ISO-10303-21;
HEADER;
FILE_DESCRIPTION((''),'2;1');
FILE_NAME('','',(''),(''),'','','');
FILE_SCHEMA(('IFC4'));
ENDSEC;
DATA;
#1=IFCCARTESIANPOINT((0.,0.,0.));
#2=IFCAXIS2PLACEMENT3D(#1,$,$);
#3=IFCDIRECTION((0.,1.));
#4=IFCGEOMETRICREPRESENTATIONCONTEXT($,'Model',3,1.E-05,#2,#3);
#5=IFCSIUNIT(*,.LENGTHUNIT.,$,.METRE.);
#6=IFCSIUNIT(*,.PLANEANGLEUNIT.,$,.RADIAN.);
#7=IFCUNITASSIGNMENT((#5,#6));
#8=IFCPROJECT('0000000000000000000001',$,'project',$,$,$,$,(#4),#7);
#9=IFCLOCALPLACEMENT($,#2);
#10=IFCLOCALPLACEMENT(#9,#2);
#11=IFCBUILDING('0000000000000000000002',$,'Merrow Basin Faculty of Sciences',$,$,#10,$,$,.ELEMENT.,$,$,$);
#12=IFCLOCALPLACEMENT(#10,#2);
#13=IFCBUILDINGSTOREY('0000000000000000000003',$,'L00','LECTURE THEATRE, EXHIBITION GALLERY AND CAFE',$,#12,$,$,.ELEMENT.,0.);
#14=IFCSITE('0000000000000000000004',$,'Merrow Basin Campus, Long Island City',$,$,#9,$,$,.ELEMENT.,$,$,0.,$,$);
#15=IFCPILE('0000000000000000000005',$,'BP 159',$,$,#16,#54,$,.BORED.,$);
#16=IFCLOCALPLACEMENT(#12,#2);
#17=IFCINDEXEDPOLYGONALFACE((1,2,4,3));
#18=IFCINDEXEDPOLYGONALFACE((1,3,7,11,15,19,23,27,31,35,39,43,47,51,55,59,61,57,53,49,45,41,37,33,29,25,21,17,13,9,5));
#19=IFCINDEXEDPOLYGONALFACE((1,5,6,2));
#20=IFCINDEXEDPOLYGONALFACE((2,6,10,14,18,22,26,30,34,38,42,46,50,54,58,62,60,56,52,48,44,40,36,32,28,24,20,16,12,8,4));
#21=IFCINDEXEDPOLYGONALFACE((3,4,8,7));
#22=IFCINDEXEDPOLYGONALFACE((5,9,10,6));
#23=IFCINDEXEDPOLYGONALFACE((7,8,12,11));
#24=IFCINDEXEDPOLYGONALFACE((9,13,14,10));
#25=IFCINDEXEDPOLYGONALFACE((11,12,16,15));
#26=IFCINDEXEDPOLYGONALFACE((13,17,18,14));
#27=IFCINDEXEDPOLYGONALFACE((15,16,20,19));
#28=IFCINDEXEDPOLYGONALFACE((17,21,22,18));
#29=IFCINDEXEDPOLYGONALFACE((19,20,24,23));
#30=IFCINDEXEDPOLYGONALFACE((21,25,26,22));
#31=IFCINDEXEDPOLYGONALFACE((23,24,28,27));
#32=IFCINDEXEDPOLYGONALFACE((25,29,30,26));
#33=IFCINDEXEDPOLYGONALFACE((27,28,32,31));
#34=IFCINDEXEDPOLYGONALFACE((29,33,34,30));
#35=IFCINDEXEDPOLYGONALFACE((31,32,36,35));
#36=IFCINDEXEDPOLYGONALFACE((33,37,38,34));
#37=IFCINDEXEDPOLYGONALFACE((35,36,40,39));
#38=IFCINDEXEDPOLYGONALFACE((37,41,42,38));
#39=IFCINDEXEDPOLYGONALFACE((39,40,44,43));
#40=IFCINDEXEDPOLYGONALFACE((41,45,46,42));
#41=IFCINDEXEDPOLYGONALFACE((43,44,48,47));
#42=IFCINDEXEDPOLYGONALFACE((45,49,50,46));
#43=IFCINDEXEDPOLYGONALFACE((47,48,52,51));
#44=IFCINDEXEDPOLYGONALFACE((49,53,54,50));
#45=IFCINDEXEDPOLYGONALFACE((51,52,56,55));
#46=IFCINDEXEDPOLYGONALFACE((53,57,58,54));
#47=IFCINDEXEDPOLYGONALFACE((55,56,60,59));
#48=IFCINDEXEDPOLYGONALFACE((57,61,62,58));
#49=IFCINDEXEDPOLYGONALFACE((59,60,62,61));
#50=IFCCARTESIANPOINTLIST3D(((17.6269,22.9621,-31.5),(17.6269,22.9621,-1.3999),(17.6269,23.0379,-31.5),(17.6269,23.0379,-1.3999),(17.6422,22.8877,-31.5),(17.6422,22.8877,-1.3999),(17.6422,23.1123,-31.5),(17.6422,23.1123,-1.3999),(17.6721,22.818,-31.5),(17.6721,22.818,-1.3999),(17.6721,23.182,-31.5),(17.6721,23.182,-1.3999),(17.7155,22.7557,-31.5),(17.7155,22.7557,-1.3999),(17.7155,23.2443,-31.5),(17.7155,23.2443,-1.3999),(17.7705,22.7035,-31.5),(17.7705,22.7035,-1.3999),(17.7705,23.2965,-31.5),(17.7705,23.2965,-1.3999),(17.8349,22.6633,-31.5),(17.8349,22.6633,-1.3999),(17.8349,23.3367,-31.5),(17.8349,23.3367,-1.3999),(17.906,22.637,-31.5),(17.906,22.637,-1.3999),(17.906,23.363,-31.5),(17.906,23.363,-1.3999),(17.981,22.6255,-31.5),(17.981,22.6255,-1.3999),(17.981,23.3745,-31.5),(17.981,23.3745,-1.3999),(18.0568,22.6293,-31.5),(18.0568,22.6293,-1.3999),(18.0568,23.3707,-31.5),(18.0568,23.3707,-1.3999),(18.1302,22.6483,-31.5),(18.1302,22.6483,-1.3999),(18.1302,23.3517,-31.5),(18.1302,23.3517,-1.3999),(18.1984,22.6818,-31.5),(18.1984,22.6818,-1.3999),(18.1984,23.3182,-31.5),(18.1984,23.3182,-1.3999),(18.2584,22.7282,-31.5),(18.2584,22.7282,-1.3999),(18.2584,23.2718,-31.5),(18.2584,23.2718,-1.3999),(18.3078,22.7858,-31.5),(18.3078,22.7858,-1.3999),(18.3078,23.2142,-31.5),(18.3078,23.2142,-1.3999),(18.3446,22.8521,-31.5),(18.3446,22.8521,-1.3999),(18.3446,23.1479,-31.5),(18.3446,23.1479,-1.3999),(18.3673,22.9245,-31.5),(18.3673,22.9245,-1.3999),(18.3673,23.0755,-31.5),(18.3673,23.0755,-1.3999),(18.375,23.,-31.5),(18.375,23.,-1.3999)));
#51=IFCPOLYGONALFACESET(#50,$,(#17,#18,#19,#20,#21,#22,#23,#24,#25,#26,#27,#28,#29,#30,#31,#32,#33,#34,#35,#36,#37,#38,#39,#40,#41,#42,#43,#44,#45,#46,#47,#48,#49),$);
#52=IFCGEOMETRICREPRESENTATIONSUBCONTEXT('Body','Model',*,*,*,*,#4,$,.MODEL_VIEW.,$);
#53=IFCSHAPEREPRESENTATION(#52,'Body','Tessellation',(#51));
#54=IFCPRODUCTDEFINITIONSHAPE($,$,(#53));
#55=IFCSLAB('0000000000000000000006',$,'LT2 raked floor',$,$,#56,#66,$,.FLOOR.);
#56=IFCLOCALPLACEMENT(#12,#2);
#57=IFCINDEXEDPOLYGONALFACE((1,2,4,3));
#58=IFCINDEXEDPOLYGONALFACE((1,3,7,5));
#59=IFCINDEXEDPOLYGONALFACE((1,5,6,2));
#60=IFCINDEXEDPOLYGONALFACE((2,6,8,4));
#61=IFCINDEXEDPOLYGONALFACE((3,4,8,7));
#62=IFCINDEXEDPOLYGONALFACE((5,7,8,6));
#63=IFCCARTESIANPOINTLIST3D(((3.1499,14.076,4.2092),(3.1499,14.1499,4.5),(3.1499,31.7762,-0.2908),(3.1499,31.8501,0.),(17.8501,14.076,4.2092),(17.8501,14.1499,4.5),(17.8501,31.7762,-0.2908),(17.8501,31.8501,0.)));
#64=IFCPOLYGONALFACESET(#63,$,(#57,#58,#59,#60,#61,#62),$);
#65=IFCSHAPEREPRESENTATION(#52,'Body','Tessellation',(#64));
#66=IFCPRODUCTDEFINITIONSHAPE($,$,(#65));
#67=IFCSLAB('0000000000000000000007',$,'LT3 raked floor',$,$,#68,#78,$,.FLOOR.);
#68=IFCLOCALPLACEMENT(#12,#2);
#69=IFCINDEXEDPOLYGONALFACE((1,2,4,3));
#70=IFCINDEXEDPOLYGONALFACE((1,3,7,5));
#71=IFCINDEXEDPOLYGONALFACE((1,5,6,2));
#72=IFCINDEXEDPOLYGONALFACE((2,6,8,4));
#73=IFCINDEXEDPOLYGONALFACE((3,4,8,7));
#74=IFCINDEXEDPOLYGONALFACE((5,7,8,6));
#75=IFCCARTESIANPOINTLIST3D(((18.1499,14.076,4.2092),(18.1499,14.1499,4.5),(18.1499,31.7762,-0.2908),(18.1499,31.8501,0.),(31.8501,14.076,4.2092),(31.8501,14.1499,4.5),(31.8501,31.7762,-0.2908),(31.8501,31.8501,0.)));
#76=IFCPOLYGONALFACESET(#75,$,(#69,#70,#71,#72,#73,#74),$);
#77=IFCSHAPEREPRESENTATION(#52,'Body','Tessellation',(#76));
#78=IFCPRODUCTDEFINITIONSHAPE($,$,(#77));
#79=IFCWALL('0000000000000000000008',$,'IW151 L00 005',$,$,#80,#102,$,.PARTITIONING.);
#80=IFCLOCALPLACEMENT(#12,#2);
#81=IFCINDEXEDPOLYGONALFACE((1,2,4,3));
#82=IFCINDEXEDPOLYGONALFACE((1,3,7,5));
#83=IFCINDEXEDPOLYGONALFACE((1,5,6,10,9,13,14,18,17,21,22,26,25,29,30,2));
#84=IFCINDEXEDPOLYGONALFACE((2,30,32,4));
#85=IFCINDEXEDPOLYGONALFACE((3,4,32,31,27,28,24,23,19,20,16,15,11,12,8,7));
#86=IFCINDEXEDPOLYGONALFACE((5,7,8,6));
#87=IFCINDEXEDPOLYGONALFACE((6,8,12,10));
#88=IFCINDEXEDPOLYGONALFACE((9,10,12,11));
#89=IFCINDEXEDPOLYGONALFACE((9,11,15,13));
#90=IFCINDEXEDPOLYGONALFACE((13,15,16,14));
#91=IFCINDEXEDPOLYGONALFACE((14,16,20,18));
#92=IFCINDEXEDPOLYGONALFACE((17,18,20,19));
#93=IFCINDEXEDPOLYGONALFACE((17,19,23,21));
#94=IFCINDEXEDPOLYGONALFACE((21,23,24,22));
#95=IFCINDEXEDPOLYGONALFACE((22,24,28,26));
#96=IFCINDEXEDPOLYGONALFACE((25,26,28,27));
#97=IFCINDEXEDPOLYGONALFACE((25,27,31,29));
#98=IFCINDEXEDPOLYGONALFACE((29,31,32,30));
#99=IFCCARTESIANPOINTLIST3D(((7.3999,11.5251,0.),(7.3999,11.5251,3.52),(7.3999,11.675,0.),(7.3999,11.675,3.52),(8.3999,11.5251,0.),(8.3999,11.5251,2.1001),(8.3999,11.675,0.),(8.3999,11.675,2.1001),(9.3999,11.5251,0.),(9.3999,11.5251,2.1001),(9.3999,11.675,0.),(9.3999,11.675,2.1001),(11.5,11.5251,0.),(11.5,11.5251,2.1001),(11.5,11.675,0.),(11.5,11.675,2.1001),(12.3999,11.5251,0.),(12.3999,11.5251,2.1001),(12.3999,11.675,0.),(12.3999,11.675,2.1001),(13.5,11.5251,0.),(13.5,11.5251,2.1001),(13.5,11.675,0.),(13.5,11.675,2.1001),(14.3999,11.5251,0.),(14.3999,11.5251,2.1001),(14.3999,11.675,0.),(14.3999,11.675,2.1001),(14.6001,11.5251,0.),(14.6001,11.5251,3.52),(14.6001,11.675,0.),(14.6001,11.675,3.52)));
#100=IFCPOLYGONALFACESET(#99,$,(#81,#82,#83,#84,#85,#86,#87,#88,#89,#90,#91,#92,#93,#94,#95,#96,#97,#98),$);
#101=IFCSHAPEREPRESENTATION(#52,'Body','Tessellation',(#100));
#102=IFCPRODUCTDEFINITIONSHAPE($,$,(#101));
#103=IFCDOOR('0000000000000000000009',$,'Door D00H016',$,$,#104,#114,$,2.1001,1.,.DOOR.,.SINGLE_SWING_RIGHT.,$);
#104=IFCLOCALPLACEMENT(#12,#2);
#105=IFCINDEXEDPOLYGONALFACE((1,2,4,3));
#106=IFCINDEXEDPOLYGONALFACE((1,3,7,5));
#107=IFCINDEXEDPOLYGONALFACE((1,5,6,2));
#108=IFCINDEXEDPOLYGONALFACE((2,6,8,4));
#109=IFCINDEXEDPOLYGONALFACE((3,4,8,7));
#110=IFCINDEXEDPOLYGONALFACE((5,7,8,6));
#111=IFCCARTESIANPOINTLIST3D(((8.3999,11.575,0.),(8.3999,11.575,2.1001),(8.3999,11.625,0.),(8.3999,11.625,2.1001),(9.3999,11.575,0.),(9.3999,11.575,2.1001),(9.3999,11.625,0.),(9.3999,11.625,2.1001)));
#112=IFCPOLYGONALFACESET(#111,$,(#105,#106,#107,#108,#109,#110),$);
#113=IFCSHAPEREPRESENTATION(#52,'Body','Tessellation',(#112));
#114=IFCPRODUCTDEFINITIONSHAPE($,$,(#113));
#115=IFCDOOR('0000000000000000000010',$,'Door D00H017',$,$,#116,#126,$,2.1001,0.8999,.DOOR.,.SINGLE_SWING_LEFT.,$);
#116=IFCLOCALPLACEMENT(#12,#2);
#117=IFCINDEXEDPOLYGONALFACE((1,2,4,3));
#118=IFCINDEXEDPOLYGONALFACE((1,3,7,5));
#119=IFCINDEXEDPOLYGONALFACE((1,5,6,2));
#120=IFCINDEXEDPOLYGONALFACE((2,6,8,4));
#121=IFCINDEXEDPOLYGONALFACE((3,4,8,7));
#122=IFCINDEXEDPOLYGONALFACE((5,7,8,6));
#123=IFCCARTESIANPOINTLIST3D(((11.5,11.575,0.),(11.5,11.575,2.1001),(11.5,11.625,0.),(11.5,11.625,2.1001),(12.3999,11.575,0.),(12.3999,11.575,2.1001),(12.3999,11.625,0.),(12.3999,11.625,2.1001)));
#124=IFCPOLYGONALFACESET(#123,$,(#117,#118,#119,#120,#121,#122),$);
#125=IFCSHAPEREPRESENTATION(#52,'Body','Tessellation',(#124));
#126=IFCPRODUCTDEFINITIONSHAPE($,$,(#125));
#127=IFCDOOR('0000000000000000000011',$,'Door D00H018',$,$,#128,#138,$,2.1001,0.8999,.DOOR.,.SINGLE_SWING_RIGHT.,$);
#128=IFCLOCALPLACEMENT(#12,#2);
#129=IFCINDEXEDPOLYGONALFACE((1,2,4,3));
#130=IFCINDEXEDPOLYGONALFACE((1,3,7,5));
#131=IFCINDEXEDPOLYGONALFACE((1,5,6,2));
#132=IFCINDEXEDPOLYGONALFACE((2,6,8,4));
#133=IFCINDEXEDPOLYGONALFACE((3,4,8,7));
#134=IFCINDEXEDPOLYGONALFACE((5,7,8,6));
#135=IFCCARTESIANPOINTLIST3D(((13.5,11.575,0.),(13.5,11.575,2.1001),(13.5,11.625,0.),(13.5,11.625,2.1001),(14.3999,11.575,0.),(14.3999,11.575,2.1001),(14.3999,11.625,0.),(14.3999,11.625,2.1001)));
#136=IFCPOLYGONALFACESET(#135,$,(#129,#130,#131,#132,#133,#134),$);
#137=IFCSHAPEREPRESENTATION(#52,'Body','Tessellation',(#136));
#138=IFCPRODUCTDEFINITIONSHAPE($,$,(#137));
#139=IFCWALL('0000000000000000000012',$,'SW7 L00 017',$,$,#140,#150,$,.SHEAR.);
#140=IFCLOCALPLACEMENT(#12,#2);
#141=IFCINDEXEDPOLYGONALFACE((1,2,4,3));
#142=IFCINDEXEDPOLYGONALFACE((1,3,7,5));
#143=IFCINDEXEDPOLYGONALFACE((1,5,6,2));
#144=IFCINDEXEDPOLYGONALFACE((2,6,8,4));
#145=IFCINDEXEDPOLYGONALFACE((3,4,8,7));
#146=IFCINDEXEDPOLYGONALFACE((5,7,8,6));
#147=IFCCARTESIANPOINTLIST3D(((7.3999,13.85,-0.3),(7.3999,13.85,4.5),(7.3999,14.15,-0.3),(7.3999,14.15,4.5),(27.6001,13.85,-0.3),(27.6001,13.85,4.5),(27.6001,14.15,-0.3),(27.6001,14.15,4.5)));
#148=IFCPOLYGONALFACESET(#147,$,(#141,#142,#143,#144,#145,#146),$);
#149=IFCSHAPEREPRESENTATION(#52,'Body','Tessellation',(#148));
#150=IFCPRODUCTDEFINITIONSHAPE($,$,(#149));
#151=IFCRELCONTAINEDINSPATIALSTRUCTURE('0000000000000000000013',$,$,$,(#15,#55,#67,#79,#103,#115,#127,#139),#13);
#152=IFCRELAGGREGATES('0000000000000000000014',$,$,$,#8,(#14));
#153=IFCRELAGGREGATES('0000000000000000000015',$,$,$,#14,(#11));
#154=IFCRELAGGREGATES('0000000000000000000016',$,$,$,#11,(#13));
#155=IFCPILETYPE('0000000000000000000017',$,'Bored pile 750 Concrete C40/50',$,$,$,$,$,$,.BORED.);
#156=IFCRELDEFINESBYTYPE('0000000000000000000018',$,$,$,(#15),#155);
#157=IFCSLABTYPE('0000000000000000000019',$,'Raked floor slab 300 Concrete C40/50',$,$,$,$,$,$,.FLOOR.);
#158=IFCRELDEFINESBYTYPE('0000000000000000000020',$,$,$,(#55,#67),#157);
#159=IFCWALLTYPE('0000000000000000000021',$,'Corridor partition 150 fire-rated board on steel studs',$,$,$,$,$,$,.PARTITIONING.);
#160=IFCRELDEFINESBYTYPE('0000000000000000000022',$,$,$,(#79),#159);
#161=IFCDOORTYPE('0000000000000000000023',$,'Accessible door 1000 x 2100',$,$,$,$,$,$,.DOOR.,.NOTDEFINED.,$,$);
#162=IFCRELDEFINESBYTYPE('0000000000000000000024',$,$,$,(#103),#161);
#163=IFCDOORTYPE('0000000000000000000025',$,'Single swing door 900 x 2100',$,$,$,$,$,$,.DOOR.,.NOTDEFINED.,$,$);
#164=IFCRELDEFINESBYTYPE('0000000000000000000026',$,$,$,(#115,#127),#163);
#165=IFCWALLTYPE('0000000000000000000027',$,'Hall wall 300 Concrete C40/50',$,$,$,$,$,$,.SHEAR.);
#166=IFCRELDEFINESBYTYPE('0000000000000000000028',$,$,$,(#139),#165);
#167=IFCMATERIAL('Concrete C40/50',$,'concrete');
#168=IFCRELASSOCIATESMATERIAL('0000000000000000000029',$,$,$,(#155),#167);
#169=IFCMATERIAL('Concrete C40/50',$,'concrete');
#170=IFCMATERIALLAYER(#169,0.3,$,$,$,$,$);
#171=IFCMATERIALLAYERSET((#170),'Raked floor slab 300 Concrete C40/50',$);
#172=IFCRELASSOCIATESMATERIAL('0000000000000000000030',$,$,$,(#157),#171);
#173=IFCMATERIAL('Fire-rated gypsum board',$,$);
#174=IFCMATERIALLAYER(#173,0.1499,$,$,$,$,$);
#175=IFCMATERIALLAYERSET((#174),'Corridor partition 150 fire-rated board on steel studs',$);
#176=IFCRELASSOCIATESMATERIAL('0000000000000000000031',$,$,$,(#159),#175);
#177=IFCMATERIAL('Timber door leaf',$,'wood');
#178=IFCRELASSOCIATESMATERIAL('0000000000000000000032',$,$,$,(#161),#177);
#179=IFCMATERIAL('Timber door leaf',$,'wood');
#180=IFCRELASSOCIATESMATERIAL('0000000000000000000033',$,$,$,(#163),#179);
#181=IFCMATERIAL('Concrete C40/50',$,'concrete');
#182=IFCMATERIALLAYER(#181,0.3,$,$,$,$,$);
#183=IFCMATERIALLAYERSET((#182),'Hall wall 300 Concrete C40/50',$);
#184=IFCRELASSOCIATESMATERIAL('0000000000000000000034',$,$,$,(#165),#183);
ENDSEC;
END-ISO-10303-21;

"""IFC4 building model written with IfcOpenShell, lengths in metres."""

from ifc_helpers import new_model, si_unit, direction, frame, frame_2d, origin, origin_2d, place, context, subcontext, project, spatial, polyline, rectangle, circle, outline, extrude, material, layer, layer_set, material_profile, profile_set, type_object, element, fill, save


model = new_model("IFC4")

# Units and contexts
model_context = context("Model", 3, precision=1e-05, world=origin(), true_north=direction((0.0, 1.0)))
body_context = subcontext(model_context, "Body", "Model", "MODEL_VIEW")
ifc_project = project(units=[si_unit("LENGTHUNIT", "METRE"), si_unit("PLANEANGLEUNIT", "RADIAN")], contexts=[model_context])

# Site, building, storey
site_placement = place(None, origin())
site = spatial("IfcSite", under=ifc_project, at=site_placement, Name="Merrow Basin Campus, Long Island City", CompositionType="ELEMENT", RefElevation=0.0)
building_placement = place(site_placement, origin())
building = spatial("IfcBuilding", under=site, at=building_placement, Name="Merrow Basin Faculty of Sciences", CompositionType="ELEMENT")
storey_placement = place(building_placement, origin())
storey = spatial("IfcBuildingStorey", under=building, at=storey_placement, Name="L00", Description="LECTURE THEATRE, EXHIBITION GALLERY AND CAFE", CompositionType="ELEMENT", Elevation=0.0)

# Pile
ifc_material_1 = material(Name="Concrete C40/50", Category="concrete")
ifc_material_profile_1 = material_profile(ifc_material_1, circle(Radius=0.375, at=origin_2d()))
ifc_profile_set_1 = profile_set([ifc_material_profile_1], Name="Concrete C40/50")
pile_type_1 = type_object("IfcPileType", Name="Bored pile 750 Concrete C40/50", PredefinedType="BORED", material=ifc_profile_set_1)
for number, where, z_axis, x_axis, name in (
    (1, (18.0, 23.0, -1.3999), (0.0, 0.0, -1.0), (1.0, 0.0, 0.0), "BP 159"),
):
    element("IfcPile", number, at=place(storey_placement, frame(where, z_axis=z_axis, x_axis=x_axis)), inside=storey, type_object=pile_type_1, Name=name, PredefinedType="BORED", context=body_context, shape_type="SweptSolid", body=[
        extrude(circle(Radius=0.375, at=origin_2d()), origin(), (0.0, 0.0, 1.0), 30.1001),
    ])

# Slabs
ifc_material_2 = material(Name="Concrete C40/50", Category="concrete")
ifc_layer_1 = layer(ifc_material_2, 0.3)
ifc_layer_set_1 = layer_set([ifc_layer_1], Name="Raked floor slab 300 Concrete C40/50")
slab_type = type_object("IfcSlabType", Name="Raked floor slab 300 Concrete C40/50", PredefinedType="FLOOR", material=ifc_layer_set_1)
slab_1_placement = place(storey_placement, frame((3.1499, 14.1499, 4.5), z_axis=(0.0, 0.246396, 0.969169), x_axis=(1.0, 0.0, 0.0)))
element("IfcSlab", 2, at=slab_1_placement, inside=storey, type_object=slab_type, Name="LT2 raked floor", PredefinedType="FLOOR", context=body_context, shape_type="SweptSolid", body=[
    extrude(outline(polyline([(0.0, 0.0), (14.7002, 0.0), (14.7002, 18.2633), (0.0, 18.2633), (0.0, 0.0)])), origin(), (0.0, 0.0, -1.0), 0.3),
])
slab_2_placement = place(storey_placement, frame((18.1499, 14.1499, 4.5), z_axis=(0.0, 0.246396, 0.969169), x_axis=(1.0, 0.0, 0.0)))
element("IfcSlab", 3, at=slab_2_placement, inside=storey, type_object=slab_type, Name="LT3 raked floor", PredefinedType="FLOOR", context=body_context, shape_type="SweptSolid", body=[
    extrude(outline(polyline([(0.0, 0.0), (13.7002, 0.0), (13.7002, 18.2633), (0.0, 18.2633), (0.0, 0.0)])), origin(), (0.0, 0.0, -1.0), 0.3),
])

# Wall, openings, doors
ifc_material_3 = material(Name="Fire-rated gypsum board")
ifc_layer_2 = layer(ifc_material_3, 0.1499)
ifc_layer_set_2 = layer_set([ifc_layer_2], Name="Corridor partition 150 fire-rated board on steel studs")
wall_type_1 = type_object("IfcWallType", Name="Corridor partition 150 fire-rated board on steel studs", PredefinedType="PARTITIONING", material=ifc_layer_set_2)
wall_1_placement = place(storey_placement, frame((7.3999, 11.6001, 0.0), z_axis=(0.0, 0.0, 1.0), x_axis=(1.0, 0.0, 0.0)))
wall_1 = element("IfcWall", 4, at=wall_1_placement, inside=storey, type_object=wall_type_1, Name="IW151 L00 005", PredefinedType="PARTITIONING", context=body_context, shape_type="SweptSolid", body=[
    extrude(rectangle(XDim=7.2002, YDim=0.1499, at=frame_2d((3.6001, 0.0))), origin(), (0.0, 0.0, 1.0), 3.52),
])
opening_1_placement = place(wall_1_placement, frame((1.0, 0.0, 0.0)))
opening_1 = element("IfcOpeningElement", 5, at=opening_1_placement, cuts=wall_1, PredefinedType="OPENING", context=body_context, shape_type="SweptSolid", body=[
    extrude(rectangle(XDim=1.0, YDim=2.1001, at=frame_2d((0.5, 1.05))), frame((0.0, 0.085, 0.0), z_axis=(0.0, -1.0, 0.0), x_axis=(1.0, 0.0, 0.0)), (0.0, 0.0, 1.0), 0.1699),
])
opening_2_placement = place(wall_1_placement, frame((4.1001, 0.0, 0.0)))
opening_2 = element("IfcOpeningElement", 6, at=opening_2_placement, cuts=wall_1, PredefinedType="OPENING", context=body_context, shape_type="SweptSolid", body=[
    extrude(rectangle(XDim=0.8999, YDim=2.1001, at=frame_2d((0.45, 1.05))), frame((0.0, 0.085, 0.0), z_axis=(0.0, -1.0, 0.0), x_axis=(1.0, 0.0, 0.0)), (0.0, 0.0, 1.0), 0.1699),
])
opening_3_placement = place(wall_1_placement, frame((6.1001, 0.0, 0.0)))
opening_3 = element("IfcOpeningElement", 7, at=opening_3_placement, cuts=wall_1, PredefinedType="OPENING", context=body_context, shape_type="SweptSolid", body=[
    extrude(rectangle(XDim=0.8999, YDim=2.1001, at=frame_2d((0.45, 1.05))), frame((0.0, 0.085, 0.0), z_axis=(0.0, -1.0, 0.0), x_axis=(1.0, 0.0, 0.0)), (0.0, 0.0, 1.0), 0.1699),
])
ifc_material_4 = material(Name="Timber door leaf", Category="wood")
door_type_1 = type_object("IfcDoorType", Name="Accessible door 1000 x 2100", OperationType="NOTDEFINED", PredefinedType="DOOR", material=ifc_material_4)
door_1_placement = place(opening_1_placement, origin())
door_1 = element("IfcDoor", 8, at=door_1_placement, inside=storey, type_object=door_type_1, Name="Door D00H016", OperationType="SINGLE_SWING_RIGHT", OverallHeight=2.1001, OverallWidth=1.0, PredefinedType="DOOR", context=body_context, shape_type="SweptSolid", body=[
    extrude(rectangle(XDim=1.0, YDim=2.1001, at=frame_2d((0.5, 1.05))), frame((0.0, 0.0249, 0.0), z_axis=(0.0, -1.0, 0.0), x_axis=(1.0, 0.0, 0.0)), (0.0, 0.0, 1.0), 0.05),
])
fill(opening_1, door_1)
ifc_material_5 = material(Name="Timber door leaf", Category="wood")
door_type_2 = type_object("IfcDoorType", Name="Single swing door 900 x 2100", OperationType="NOTDEFINED", PredefinedType="DOOR", material=ifc_material_5)
door_2_placement = place(opening_2_placement, origin())
door_2 = element("IfcDoor", 9, at=door_2_placement, inside=storey, type_object=door_type_2, Name="Door D00H017", OperationType="SINGLE_SWING_LEFT", OverallHeight=2.1001, OverallWidth=0.8999, PredefinedType="DOOR", context=body_context, shape_type="SweptSolid", body=[
    extrude(rectangle(XDim=0.8999, YDim=2.1001, at=frame_2d((0.45, 1.05))), frame((0.0, 0.0249, 0.0), z_axis=(0.0, -1.0, 0.0), x_axis=(1.0, 0.0, 0.0)), (0.0, 0.0, 1.0), 0.05),
])
fill(opening_2, door_2)
door_3_placement = place(opening_3_placement, origin())
door_3 = element("IfcDoor", 10, at=door_3_placement, inside=storey, type_object=door_type_2, Name="Door D00H018", OperationType="SINGLE_SWING_RIGHT", OverallHeight=2.1001, OverallWidth=0.8999, PredefinedType="DOOR", context=body_context, shape_type="SweptSolid", body=[
    extrude(rectangle(XDim=0.8999, YDim=2.1001, at=frame_2d((0.45, 1.05))), frame((0.0, 0.0249, 0.0), z_axis=(0.0, -1.0, 0.0), x_axis=(1.0, 0.0, 0.0)), (0.0, 0.0, 1.0), 0.05),
])
fill(opening_3, door_3)

# Wall
ifc_material_6 = material(Name="Concrete C40/50", Category="concrete")
ifc_layer_3 = layer(ifc_material_6, 0.3)
ifc_layer_set_3 = layer_set([ifc_layer_3], Name="Hall wall 300 Concrete C40/50")
wall_type_2 = type_object("IfcWallType", Name="Hall wall 300 Concrete C40/50", PredefinedType="SHEAR", material=ifc_layer_set_3)
wall_2_placement = place(storey_placement, frame((7.3999, 14.0, -0.3), z_axis=(0.0, 0.0, 1.0), x_axis=(1.0, 0.0, 0.0)))
element("IfcWall", 11, at=wall_2_placement, inside=storey, type_object=wall_type_2, Name="SW7 L00 017", PredefinedType="SHEAR", context=body_context, shape_type="SweptSolid", body=[
    extrude(rectangle(XDim=20.2002, YDim=0.3, at=frame_2d((10.1001, 0.0))), origin(), (0.0, 0.0, 1.0), 4.8),
])

save(model, "model.ifc")
